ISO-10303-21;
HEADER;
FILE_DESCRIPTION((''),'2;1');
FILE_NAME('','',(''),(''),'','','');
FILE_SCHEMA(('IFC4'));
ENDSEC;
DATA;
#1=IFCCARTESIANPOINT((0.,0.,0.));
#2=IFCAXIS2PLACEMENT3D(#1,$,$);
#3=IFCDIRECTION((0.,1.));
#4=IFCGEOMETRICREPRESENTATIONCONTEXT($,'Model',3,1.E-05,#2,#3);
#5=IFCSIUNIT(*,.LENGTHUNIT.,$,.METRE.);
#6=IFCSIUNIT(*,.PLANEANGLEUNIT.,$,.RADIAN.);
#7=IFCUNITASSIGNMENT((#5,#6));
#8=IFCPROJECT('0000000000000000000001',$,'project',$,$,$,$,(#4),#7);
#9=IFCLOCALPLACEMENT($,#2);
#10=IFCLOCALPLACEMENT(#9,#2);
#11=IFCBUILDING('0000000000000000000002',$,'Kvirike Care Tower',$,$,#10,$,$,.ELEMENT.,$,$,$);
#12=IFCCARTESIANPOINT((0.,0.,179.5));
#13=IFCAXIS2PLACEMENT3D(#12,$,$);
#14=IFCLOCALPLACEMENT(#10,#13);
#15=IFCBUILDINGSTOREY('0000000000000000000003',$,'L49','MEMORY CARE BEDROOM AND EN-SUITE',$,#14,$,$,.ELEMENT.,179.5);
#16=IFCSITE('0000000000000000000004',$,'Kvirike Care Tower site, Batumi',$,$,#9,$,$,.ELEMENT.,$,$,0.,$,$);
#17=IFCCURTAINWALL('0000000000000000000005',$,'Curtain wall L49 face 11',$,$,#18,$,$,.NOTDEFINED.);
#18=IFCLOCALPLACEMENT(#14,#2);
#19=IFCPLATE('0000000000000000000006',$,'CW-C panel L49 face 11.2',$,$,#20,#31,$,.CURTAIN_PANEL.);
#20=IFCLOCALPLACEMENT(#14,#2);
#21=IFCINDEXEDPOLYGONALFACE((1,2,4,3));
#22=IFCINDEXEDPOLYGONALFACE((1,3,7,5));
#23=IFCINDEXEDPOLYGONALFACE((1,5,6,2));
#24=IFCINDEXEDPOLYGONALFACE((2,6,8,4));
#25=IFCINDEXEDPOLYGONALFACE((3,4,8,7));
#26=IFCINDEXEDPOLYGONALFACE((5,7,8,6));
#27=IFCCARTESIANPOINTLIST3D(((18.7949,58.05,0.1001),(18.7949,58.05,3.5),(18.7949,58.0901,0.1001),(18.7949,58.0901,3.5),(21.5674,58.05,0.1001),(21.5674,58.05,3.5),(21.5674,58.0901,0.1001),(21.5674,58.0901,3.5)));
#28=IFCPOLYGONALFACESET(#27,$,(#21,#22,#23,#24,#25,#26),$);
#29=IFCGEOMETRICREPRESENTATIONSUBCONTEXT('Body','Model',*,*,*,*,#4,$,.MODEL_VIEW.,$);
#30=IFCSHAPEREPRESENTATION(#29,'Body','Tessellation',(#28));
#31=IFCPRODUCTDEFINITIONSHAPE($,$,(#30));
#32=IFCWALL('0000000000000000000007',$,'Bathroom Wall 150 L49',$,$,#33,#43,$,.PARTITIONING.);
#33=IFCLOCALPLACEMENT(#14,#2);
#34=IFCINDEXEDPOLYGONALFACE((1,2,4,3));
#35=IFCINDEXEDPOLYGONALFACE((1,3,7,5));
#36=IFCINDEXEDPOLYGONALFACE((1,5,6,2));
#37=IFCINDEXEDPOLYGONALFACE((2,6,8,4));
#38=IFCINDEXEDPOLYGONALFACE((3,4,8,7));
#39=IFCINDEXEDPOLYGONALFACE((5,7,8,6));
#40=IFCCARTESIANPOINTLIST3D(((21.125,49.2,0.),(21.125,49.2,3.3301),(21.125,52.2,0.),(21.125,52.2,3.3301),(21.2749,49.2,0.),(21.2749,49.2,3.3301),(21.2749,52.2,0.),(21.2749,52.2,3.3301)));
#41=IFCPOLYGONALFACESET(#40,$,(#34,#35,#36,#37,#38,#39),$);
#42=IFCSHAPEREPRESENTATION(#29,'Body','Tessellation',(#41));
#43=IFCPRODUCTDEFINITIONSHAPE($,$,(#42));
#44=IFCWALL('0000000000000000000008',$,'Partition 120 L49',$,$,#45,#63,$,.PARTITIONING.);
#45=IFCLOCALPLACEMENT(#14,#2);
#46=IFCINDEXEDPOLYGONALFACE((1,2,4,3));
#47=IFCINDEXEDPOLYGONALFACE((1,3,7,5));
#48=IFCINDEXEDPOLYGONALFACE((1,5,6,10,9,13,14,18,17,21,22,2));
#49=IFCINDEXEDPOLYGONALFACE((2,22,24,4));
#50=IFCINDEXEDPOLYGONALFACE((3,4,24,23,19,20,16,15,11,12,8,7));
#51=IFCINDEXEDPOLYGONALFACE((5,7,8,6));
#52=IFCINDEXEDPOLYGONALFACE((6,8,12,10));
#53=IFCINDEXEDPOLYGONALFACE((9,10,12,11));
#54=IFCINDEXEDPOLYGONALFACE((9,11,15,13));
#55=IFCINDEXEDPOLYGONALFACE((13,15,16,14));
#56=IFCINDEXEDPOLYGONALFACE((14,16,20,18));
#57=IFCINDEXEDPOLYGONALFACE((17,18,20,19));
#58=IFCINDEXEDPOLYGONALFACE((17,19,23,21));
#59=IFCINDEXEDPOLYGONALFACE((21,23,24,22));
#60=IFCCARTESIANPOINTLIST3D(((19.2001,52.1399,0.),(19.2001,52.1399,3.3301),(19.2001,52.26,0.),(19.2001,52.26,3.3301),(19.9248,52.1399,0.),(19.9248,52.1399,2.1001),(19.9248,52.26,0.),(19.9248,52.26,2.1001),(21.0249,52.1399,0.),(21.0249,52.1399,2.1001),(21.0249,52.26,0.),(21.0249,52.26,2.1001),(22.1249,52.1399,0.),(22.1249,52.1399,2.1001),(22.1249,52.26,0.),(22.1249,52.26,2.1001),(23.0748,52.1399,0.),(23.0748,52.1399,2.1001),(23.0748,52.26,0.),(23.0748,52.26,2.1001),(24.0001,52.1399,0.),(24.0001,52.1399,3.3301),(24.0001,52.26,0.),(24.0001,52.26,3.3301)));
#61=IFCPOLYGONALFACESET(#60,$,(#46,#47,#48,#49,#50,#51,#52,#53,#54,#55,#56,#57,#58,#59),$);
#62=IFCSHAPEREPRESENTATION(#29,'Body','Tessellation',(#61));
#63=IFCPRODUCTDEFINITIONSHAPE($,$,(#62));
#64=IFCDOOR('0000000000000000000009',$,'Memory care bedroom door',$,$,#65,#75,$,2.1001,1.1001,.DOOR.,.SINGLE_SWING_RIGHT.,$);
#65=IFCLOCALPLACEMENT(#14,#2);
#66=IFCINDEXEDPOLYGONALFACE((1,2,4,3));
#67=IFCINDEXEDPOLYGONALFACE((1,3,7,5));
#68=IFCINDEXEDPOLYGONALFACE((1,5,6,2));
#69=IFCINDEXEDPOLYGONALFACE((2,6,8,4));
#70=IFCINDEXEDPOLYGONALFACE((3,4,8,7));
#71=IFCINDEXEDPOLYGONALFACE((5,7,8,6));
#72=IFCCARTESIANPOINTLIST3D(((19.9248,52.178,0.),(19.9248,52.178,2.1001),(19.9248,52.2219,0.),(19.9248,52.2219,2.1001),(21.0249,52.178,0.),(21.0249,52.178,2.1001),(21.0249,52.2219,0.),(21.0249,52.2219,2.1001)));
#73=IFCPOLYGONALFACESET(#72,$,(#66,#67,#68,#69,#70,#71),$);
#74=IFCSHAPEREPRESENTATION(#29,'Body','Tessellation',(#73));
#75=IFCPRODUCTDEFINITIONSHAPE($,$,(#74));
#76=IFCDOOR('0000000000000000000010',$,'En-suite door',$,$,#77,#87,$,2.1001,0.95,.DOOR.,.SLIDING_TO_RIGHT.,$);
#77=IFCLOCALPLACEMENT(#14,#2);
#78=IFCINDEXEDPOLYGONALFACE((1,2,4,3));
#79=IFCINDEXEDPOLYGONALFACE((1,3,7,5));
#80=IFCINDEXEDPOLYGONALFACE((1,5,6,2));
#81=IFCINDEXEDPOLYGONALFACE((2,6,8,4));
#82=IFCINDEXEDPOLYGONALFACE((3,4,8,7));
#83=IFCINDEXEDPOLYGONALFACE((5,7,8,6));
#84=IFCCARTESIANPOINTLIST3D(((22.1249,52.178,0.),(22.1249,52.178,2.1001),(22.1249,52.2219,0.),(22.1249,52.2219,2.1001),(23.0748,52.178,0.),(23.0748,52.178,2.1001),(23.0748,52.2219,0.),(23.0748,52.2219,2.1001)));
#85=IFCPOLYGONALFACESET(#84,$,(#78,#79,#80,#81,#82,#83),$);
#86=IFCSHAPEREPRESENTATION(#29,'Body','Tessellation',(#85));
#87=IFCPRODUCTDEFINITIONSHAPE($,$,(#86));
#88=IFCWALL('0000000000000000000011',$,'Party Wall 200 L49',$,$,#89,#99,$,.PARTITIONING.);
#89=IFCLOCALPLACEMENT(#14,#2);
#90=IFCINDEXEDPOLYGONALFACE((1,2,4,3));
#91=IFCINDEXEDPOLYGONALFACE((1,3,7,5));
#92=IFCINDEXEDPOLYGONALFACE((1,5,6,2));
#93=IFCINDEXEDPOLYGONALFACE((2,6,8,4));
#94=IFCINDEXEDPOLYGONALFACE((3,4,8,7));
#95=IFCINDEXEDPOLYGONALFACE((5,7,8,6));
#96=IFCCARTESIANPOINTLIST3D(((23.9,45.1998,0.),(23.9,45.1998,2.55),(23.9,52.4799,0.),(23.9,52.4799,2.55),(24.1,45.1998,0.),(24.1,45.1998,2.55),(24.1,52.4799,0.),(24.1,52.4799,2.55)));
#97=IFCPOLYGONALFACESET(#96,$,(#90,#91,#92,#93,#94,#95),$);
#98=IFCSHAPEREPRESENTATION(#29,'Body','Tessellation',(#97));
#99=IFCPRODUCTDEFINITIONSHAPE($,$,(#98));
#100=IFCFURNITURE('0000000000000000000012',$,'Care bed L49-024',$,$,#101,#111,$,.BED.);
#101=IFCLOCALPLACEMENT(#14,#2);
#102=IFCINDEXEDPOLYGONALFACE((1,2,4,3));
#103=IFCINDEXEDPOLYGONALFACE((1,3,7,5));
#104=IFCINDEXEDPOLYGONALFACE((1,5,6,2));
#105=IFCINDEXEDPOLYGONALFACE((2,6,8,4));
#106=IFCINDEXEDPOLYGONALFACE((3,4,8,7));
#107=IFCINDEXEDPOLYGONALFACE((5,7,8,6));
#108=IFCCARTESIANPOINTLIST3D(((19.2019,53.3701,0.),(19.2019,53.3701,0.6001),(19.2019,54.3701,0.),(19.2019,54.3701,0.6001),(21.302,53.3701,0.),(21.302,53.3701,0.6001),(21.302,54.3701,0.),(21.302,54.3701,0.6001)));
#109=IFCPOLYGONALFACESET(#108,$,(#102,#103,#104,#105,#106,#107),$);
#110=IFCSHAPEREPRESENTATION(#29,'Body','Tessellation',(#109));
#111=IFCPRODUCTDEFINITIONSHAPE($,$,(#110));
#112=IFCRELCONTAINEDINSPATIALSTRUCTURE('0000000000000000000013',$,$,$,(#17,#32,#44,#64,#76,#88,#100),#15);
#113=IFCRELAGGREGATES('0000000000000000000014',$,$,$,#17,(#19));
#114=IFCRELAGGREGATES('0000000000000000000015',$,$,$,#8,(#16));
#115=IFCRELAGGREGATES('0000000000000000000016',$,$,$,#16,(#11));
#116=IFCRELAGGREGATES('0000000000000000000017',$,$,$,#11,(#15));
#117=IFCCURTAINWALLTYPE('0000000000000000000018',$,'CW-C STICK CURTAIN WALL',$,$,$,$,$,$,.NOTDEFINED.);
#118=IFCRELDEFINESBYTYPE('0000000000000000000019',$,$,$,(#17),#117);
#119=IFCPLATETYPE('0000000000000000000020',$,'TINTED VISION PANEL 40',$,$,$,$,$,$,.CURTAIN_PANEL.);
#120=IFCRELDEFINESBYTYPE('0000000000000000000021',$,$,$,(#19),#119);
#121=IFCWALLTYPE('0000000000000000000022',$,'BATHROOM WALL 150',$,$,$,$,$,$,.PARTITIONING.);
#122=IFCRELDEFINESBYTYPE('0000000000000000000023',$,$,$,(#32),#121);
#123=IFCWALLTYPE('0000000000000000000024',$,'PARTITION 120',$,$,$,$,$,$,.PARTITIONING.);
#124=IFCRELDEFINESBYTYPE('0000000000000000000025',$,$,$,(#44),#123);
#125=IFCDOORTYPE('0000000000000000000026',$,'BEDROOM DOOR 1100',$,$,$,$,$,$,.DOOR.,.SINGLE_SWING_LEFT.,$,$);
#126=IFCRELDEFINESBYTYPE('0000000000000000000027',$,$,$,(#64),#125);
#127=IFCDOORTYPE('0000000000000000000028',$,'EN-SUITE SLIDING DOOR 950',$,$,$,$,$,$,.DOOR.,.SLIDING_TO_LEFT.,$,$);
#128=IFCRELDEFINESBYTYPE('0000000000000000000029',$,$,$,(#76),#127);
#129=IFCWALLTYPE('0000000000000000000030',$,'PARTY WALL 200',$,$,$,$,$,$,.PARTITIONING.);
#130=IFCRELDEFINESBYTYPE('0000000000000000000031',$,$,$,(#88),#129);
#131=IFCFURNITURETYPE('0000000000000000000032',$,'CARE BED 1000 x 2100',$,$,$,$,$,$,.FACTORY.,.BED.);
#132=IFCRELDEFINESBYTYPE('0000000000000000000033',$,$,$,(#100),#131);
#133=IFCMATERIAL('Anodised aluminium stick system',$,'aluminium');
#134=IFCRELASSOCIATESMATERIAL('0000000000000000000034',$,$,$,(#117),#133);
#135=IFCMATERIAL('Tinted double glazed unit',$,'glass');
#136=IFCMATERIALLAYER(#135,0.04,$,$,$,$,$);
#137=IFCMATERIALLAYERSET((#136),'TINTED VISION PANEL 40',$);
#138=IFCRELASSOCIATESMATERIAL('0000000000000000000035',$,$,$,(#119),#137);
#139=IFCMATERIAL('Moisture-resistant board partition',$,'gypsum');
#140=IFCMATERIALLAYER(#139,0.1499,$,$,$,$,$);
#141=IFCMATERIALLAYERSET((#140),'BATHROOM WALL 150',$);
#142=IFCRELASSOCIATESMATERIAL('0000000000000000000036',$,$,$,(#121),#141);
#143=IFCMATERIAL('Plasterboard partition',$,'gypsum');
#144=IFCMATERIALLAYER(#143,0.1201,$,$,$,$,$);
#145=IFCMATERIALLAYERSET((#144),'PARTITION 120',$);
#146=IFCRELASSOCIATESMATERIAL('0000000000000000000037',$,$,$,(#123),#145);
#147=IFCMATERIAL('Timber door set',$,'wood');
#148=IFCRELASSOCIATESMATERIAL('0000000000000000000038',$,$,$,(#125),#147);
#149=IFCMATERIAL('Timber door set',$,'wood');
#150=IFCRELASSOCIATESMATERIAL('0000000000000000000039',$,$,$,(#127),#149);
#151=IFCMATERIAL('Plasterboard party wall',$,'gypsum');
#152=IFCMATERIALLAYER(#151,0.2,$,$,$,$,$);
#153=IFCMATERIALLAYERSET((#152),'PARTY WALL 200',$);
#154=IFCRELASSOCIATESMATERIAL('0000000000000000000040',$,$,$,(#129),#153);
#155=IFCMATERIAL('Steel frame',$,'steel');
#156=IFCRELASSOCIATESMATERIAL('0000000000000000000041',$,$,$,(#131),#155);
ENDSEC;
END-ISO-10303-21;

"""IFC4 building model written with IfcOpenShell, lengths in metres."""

from ifc_helpers import new_model, si_unit, direction, frame, frame_2d, origin, origin_2d, place, context, subcontext, project, spatial, rectangle, extrude, material, layer, layer_set, type_object, element, fill, aggregate, save


model = new_model("IFC4")

# Units and contexts
model_context = context("Model", 3, precision=1e-05, world=origin(), true_north=direction((0.0, 1.0)))
body_context = subcontext(model_context, "Body", "Model", "MODEL_VIEW")
ifc_project = project(units=[si_unit("LENGTHUNIT", "METRE"), si_unit("PLANEANGLEUNIT", "RADIAN")], contexts=[model_context])

# Site, building, storey
site_placement = place(None, origin())
site = spatial("IfcSite", under=ifc_project, at=site_placement, Name="Kvirike Care Tower site, Batumi", CompositionType="ELEMENT", RefElevation=0.0)
building_placement = place(site_placement, origin())
building = spatial("IfcBuilding", under=site, at=building_placement, Name="Kvirike Care Tower", CompositionType="ELEMENT")
storey_placement = place(building_placement, frame((0.0, 0.0, 179.5)))
storey = spatial("IfcBuildingStorey", under=building, at=storey_placement, Name="L49", Description="MEMORY CARE BEDROOM AND EN-SUITE", CompositionType="ELEMENT", Elevation=179.5)

# Shared definitions
ifc_material_1 = material(Name="Anodised aluminium stick system", Category="aluminium")
curtain_wall_type = type_object("IfcCurtainWallType", Name="CW-C STICK CURTAIN WALL", PredefinedType="NOTDEFINED", material=ifc_material_1)

# Curtain wall
curtain_wall_1_placement = place(storey_placement, origin())
curtain_wall_1 = element("IfcCurtainWall", 1, at=curtain_wall_1_placement, inside=storey, type_object=curtain_wall_type, Name="Curtain wall L49 face 11", PredefinedType="NOTDEFINED")

# Plate
ifc_material_2 = material(Name="Tinted double glazed unit", Category="glass")
ifc_layer_1 = layer(ifc_material_2, 0.04)
ifc_layer_set_1 = layer_set([ifc_layer_1], Name="TINTED VISION PANEL 40")
plate_type = type_object("IfcPlateType", Name="TINTED VISION PANEL 40", PredefinedType="CURTAIN_PANEL", material=ifc_layer_set_1)
plate_1_placement = place(storey_placement, frame((20.1812, 58.0701, 0.1001), z_axis=(0.0, 0.0, 1.0), x_axis=(-1.0, 0.0, 0.0)))
plate_1 = element("IfcPlate", 2, at=plate_1_placement, type_object=plate_type, Name="CW-C panel L49 face 11.2", PredefinedType="CURTAIN_PANEL", context=body_context, shape_type="SweptSolid", body=[
    extrude(rectangle(XDim=2.7725, YDim=0.04, at=origin_2d()), origin(), (0.0, 0.0, 1.0), 3.3999),
])
aggregate(curtain_wall_1, [plate_1])

# Wall
ifc_material_3 = material(Name="Moisture-resistant board partition", Category="gypsum")
ifc_layer_2 = layer(ifc_material_3, 0.1499)
ifc_layer_set_2 = layer_set([ifc_layer_2], Name="BATHROOM WALL 150")
wall_type_1 = type_object("IfcWallType", Name="BATHROOM WALL 150", PredefinedType="PARTITIONING", material=ifc_layer_set_2)
wall_1_placement = place(storey_placement, frame((21.2, 52.2, 0.0), z_axis=(0.0, 0.0, 1.0), x_axis=(0.0, -1.0, 0.0)))
element("IfcWall", 3, at=wall_1_placement, inside=storey, type_object=wall_type_1, Name="Bathroom Wall 150 L49", PredefinedType="PARTITIONING", context=body_context, shape_type="SweptSolid", body=[
    extrude(rectangle(XDim=3.0, YDim=0.1499, at=frame_2d((1.5, 0.0))), origin(), (0.0, 0.0, 1.0), 3.3301),
])

# Wall, openings, doors
ifc_material_4 = material(Name="Plasterboard partition", Category="gypsum")
ifc_layer_3 = layer(ifc_material_4, 0.1201)
ifc_layer_set_3 = layer_set([ifc_layer_3], Name="PARTITION 120")
wall_type_2 = type_object("IfcWallType", Name="PARTITION 120", PredefinedType="PARTITIONING", material=ifc_layer_set_3)
wall_2_placement = place(storey_placement, frame((24.0, 52.2, 0.0), z_axis=(0.0, 0.0, 1.0), x_axis=(-1.0, 0.0, 0.0)))
wall_2 = element("IfcWall", 4, at=wall_2_placement, inside=storey, type_object=wall_type_2, Name="Partition 120 L49", PredefinedType="PARTITIONING", context=body_context, shape_type="SweptSolid", body=[
    extrude(rectangle(XDim=4.8, YDim=0.1201, at=frame_2d((2.3999, 0.0))), origin(), (0.0, 0.0, 1.0), 3.3301),
])
opening_1_placement = place(wall_2_placement, frame((2.9751, 0.0, 0.0)))
opening_1 = element("IfcOpeningElement", 5, at=opening_1_placement, cuts=wall_2, PredefinedType="OPENING", context=body_context, shape_type="SweptSolid", body=[
    extrude(rectangle(XDim=1.1001, YDim=2.1001, at=frame_2d((0.55, 1.05))), frame((0.0, 0.0706, 0.0), z_axis=(0.0, -1.0, 0.0), x_axis=(1.0, 0.0, 0.0)), (0.0, 0.0, 1.0), 0.1411),
])
opening_2_placement = place(wall_2_placement, frame((0.925, 0.0, 0.0)))
opening_2 = element("IfcOpeningElement", 6, at=opening_2_placement, cuts=wall_2, PredefinedType="OPENING", context=body_context, shape_type="SweptSolid", body=[
    extrude(rectangle(XDim=0.95, YDim=2.1001, at=frame_2d((0.4751, 1.05))), frame((0.0, 0.0706, 0.0), z_axis=(0.0, -1.0, 0.0), x_axis=(1.0, 0.0, 0.0)), (0.0, 0.0, 1.0), 0.1411),
])
ifc_material_5 = material(Name="Timber door set", Category="wood")
door_type_1 = type_object("IfcDoorType", Name="BEDROOM DOOR 1100", OperationType="SINGLE_SWING_LEFT", PredefinedType="DOOR", material=ifc_material_5)
door_1_placement = place(opening_1_placement, origin())
door_1 = element("IfcDoor", 7, at=door_1_placement, inside=storey, type_object=door_type_1, Name="Memory care bedroom door", OperationType="SINGLE_SWING_RIGHT", OverallHeight=2.1001, OverallWidth=1.1001, PredefinedType="DOOR", context=body_context, shape_type="SweptSolid", body=[
    extrude(rectangle(XDim=1.1001, YDim=2.1001, at=frame_2d((0.55, 1.05))), frame((0.0, 0.022, 0.0), z_axis=(0.0, -1.0, 0.0), x_axis=(1.0, 0.0, 0.0)), (0.0, 0.0, 1.0), 0.0439),
])
fill(opening_1, door_1)
ifc_material_6 = material(Name="Timber door set", Category="wood")
door_type_2 = type_object("IfcDoorType", Name="EN-SUITE SLIDING DOOR 950", OperationType="SLIDING_TO_LEFT", PredefinedType="DOOR", material=ifc_material_6)
door_2_placement = place(opening_2_placement, origin())
door_2 = element("IfcDoor", 8, at=door_2_placement, inside=storey, type_object=door_type_2, Name="En-suite door", OperationType="SLIDING_TO_RIGHT", OverallHeight=2.1001, OverallWidth=0.95, PredefinedType="DOOR", context=body_context, shape_type="SweptSolid", body=[
    extrude(rectangle(XDim=0.95, YDim=2.1001, at=frame_2d((0.4751, 1.05))), frame((0.0, 0.022, 0.0), z_axis=(0.0, -1.0, 0.0), x_axis=(1.0, 0.0, 0.0)), (0.0, 0.0, 1.0), 0.0439),
])
fill(opening_2, door_2)

# Wall
ifc_material_7 = material(Name="Plasterboard party wall", Category="gypsum")
ifc_layer_4 = layer(ifc_material_7, 0.2)
ifc_layer_set_4 = layer_set([ifc_layer_4], Name="PARTY WALL 200")
wall_type_3 = type_object("IfcWallType", Name="PARTY WALL 200", PredefinedType="PARTITIONING", material=ifc_layer_set_4)
wall_3_placement = place(storey_placement, frame((24.0, 52.48, 0.0), z_axis=(0.0, 0.0, 1.0), x_axis=(0.0, -1.0, 0.0)))
element("IfcWall", 9, at=wall_3_placement, inside=storey, type_object=wall_type_3, Name="Party Wall 200 L49", PredefinedType="PARTITIONING", context=body_context, shape_type="SweptSolid", body=[
    extrude(rectangle(XDim=7.28, YDim=0.2, at=frame_2d((3.6401, 0.0))), origin(), (0.0, 0.0, 1.0), 2.55),
])

# Furniture
ifc_material_8 = material(Name="Steel frame", Category="steel")
furniture_type = type_object("IfcFurnitureType", Name="CARE BED 1000 x 2100", AssemblyPlace="FACTORY", PredefinedType="BED", material=ifc_material_8)
furniture_placement = place(storey_placement, frame((20.252, 53.8701, 0.0), z_axis=(0.0, 0.0, 1.0), x_axis=(0.0, 1.0, 0.0)))
element("IfcFurniture", 10, at=furniture_placement, inside=storey, type_object=furniture_type, Name="Care bed L49-024", PredefinedType="BED", context=body_context, shape_type="SweptSolid", body=[
    extrude(rectangle(XDim=1.0, YDim=2.1001, at=origin_2d()), origin(), (0.0, 0.0, 1.0), 0.6001),
])

save(model, "model.ifc")
